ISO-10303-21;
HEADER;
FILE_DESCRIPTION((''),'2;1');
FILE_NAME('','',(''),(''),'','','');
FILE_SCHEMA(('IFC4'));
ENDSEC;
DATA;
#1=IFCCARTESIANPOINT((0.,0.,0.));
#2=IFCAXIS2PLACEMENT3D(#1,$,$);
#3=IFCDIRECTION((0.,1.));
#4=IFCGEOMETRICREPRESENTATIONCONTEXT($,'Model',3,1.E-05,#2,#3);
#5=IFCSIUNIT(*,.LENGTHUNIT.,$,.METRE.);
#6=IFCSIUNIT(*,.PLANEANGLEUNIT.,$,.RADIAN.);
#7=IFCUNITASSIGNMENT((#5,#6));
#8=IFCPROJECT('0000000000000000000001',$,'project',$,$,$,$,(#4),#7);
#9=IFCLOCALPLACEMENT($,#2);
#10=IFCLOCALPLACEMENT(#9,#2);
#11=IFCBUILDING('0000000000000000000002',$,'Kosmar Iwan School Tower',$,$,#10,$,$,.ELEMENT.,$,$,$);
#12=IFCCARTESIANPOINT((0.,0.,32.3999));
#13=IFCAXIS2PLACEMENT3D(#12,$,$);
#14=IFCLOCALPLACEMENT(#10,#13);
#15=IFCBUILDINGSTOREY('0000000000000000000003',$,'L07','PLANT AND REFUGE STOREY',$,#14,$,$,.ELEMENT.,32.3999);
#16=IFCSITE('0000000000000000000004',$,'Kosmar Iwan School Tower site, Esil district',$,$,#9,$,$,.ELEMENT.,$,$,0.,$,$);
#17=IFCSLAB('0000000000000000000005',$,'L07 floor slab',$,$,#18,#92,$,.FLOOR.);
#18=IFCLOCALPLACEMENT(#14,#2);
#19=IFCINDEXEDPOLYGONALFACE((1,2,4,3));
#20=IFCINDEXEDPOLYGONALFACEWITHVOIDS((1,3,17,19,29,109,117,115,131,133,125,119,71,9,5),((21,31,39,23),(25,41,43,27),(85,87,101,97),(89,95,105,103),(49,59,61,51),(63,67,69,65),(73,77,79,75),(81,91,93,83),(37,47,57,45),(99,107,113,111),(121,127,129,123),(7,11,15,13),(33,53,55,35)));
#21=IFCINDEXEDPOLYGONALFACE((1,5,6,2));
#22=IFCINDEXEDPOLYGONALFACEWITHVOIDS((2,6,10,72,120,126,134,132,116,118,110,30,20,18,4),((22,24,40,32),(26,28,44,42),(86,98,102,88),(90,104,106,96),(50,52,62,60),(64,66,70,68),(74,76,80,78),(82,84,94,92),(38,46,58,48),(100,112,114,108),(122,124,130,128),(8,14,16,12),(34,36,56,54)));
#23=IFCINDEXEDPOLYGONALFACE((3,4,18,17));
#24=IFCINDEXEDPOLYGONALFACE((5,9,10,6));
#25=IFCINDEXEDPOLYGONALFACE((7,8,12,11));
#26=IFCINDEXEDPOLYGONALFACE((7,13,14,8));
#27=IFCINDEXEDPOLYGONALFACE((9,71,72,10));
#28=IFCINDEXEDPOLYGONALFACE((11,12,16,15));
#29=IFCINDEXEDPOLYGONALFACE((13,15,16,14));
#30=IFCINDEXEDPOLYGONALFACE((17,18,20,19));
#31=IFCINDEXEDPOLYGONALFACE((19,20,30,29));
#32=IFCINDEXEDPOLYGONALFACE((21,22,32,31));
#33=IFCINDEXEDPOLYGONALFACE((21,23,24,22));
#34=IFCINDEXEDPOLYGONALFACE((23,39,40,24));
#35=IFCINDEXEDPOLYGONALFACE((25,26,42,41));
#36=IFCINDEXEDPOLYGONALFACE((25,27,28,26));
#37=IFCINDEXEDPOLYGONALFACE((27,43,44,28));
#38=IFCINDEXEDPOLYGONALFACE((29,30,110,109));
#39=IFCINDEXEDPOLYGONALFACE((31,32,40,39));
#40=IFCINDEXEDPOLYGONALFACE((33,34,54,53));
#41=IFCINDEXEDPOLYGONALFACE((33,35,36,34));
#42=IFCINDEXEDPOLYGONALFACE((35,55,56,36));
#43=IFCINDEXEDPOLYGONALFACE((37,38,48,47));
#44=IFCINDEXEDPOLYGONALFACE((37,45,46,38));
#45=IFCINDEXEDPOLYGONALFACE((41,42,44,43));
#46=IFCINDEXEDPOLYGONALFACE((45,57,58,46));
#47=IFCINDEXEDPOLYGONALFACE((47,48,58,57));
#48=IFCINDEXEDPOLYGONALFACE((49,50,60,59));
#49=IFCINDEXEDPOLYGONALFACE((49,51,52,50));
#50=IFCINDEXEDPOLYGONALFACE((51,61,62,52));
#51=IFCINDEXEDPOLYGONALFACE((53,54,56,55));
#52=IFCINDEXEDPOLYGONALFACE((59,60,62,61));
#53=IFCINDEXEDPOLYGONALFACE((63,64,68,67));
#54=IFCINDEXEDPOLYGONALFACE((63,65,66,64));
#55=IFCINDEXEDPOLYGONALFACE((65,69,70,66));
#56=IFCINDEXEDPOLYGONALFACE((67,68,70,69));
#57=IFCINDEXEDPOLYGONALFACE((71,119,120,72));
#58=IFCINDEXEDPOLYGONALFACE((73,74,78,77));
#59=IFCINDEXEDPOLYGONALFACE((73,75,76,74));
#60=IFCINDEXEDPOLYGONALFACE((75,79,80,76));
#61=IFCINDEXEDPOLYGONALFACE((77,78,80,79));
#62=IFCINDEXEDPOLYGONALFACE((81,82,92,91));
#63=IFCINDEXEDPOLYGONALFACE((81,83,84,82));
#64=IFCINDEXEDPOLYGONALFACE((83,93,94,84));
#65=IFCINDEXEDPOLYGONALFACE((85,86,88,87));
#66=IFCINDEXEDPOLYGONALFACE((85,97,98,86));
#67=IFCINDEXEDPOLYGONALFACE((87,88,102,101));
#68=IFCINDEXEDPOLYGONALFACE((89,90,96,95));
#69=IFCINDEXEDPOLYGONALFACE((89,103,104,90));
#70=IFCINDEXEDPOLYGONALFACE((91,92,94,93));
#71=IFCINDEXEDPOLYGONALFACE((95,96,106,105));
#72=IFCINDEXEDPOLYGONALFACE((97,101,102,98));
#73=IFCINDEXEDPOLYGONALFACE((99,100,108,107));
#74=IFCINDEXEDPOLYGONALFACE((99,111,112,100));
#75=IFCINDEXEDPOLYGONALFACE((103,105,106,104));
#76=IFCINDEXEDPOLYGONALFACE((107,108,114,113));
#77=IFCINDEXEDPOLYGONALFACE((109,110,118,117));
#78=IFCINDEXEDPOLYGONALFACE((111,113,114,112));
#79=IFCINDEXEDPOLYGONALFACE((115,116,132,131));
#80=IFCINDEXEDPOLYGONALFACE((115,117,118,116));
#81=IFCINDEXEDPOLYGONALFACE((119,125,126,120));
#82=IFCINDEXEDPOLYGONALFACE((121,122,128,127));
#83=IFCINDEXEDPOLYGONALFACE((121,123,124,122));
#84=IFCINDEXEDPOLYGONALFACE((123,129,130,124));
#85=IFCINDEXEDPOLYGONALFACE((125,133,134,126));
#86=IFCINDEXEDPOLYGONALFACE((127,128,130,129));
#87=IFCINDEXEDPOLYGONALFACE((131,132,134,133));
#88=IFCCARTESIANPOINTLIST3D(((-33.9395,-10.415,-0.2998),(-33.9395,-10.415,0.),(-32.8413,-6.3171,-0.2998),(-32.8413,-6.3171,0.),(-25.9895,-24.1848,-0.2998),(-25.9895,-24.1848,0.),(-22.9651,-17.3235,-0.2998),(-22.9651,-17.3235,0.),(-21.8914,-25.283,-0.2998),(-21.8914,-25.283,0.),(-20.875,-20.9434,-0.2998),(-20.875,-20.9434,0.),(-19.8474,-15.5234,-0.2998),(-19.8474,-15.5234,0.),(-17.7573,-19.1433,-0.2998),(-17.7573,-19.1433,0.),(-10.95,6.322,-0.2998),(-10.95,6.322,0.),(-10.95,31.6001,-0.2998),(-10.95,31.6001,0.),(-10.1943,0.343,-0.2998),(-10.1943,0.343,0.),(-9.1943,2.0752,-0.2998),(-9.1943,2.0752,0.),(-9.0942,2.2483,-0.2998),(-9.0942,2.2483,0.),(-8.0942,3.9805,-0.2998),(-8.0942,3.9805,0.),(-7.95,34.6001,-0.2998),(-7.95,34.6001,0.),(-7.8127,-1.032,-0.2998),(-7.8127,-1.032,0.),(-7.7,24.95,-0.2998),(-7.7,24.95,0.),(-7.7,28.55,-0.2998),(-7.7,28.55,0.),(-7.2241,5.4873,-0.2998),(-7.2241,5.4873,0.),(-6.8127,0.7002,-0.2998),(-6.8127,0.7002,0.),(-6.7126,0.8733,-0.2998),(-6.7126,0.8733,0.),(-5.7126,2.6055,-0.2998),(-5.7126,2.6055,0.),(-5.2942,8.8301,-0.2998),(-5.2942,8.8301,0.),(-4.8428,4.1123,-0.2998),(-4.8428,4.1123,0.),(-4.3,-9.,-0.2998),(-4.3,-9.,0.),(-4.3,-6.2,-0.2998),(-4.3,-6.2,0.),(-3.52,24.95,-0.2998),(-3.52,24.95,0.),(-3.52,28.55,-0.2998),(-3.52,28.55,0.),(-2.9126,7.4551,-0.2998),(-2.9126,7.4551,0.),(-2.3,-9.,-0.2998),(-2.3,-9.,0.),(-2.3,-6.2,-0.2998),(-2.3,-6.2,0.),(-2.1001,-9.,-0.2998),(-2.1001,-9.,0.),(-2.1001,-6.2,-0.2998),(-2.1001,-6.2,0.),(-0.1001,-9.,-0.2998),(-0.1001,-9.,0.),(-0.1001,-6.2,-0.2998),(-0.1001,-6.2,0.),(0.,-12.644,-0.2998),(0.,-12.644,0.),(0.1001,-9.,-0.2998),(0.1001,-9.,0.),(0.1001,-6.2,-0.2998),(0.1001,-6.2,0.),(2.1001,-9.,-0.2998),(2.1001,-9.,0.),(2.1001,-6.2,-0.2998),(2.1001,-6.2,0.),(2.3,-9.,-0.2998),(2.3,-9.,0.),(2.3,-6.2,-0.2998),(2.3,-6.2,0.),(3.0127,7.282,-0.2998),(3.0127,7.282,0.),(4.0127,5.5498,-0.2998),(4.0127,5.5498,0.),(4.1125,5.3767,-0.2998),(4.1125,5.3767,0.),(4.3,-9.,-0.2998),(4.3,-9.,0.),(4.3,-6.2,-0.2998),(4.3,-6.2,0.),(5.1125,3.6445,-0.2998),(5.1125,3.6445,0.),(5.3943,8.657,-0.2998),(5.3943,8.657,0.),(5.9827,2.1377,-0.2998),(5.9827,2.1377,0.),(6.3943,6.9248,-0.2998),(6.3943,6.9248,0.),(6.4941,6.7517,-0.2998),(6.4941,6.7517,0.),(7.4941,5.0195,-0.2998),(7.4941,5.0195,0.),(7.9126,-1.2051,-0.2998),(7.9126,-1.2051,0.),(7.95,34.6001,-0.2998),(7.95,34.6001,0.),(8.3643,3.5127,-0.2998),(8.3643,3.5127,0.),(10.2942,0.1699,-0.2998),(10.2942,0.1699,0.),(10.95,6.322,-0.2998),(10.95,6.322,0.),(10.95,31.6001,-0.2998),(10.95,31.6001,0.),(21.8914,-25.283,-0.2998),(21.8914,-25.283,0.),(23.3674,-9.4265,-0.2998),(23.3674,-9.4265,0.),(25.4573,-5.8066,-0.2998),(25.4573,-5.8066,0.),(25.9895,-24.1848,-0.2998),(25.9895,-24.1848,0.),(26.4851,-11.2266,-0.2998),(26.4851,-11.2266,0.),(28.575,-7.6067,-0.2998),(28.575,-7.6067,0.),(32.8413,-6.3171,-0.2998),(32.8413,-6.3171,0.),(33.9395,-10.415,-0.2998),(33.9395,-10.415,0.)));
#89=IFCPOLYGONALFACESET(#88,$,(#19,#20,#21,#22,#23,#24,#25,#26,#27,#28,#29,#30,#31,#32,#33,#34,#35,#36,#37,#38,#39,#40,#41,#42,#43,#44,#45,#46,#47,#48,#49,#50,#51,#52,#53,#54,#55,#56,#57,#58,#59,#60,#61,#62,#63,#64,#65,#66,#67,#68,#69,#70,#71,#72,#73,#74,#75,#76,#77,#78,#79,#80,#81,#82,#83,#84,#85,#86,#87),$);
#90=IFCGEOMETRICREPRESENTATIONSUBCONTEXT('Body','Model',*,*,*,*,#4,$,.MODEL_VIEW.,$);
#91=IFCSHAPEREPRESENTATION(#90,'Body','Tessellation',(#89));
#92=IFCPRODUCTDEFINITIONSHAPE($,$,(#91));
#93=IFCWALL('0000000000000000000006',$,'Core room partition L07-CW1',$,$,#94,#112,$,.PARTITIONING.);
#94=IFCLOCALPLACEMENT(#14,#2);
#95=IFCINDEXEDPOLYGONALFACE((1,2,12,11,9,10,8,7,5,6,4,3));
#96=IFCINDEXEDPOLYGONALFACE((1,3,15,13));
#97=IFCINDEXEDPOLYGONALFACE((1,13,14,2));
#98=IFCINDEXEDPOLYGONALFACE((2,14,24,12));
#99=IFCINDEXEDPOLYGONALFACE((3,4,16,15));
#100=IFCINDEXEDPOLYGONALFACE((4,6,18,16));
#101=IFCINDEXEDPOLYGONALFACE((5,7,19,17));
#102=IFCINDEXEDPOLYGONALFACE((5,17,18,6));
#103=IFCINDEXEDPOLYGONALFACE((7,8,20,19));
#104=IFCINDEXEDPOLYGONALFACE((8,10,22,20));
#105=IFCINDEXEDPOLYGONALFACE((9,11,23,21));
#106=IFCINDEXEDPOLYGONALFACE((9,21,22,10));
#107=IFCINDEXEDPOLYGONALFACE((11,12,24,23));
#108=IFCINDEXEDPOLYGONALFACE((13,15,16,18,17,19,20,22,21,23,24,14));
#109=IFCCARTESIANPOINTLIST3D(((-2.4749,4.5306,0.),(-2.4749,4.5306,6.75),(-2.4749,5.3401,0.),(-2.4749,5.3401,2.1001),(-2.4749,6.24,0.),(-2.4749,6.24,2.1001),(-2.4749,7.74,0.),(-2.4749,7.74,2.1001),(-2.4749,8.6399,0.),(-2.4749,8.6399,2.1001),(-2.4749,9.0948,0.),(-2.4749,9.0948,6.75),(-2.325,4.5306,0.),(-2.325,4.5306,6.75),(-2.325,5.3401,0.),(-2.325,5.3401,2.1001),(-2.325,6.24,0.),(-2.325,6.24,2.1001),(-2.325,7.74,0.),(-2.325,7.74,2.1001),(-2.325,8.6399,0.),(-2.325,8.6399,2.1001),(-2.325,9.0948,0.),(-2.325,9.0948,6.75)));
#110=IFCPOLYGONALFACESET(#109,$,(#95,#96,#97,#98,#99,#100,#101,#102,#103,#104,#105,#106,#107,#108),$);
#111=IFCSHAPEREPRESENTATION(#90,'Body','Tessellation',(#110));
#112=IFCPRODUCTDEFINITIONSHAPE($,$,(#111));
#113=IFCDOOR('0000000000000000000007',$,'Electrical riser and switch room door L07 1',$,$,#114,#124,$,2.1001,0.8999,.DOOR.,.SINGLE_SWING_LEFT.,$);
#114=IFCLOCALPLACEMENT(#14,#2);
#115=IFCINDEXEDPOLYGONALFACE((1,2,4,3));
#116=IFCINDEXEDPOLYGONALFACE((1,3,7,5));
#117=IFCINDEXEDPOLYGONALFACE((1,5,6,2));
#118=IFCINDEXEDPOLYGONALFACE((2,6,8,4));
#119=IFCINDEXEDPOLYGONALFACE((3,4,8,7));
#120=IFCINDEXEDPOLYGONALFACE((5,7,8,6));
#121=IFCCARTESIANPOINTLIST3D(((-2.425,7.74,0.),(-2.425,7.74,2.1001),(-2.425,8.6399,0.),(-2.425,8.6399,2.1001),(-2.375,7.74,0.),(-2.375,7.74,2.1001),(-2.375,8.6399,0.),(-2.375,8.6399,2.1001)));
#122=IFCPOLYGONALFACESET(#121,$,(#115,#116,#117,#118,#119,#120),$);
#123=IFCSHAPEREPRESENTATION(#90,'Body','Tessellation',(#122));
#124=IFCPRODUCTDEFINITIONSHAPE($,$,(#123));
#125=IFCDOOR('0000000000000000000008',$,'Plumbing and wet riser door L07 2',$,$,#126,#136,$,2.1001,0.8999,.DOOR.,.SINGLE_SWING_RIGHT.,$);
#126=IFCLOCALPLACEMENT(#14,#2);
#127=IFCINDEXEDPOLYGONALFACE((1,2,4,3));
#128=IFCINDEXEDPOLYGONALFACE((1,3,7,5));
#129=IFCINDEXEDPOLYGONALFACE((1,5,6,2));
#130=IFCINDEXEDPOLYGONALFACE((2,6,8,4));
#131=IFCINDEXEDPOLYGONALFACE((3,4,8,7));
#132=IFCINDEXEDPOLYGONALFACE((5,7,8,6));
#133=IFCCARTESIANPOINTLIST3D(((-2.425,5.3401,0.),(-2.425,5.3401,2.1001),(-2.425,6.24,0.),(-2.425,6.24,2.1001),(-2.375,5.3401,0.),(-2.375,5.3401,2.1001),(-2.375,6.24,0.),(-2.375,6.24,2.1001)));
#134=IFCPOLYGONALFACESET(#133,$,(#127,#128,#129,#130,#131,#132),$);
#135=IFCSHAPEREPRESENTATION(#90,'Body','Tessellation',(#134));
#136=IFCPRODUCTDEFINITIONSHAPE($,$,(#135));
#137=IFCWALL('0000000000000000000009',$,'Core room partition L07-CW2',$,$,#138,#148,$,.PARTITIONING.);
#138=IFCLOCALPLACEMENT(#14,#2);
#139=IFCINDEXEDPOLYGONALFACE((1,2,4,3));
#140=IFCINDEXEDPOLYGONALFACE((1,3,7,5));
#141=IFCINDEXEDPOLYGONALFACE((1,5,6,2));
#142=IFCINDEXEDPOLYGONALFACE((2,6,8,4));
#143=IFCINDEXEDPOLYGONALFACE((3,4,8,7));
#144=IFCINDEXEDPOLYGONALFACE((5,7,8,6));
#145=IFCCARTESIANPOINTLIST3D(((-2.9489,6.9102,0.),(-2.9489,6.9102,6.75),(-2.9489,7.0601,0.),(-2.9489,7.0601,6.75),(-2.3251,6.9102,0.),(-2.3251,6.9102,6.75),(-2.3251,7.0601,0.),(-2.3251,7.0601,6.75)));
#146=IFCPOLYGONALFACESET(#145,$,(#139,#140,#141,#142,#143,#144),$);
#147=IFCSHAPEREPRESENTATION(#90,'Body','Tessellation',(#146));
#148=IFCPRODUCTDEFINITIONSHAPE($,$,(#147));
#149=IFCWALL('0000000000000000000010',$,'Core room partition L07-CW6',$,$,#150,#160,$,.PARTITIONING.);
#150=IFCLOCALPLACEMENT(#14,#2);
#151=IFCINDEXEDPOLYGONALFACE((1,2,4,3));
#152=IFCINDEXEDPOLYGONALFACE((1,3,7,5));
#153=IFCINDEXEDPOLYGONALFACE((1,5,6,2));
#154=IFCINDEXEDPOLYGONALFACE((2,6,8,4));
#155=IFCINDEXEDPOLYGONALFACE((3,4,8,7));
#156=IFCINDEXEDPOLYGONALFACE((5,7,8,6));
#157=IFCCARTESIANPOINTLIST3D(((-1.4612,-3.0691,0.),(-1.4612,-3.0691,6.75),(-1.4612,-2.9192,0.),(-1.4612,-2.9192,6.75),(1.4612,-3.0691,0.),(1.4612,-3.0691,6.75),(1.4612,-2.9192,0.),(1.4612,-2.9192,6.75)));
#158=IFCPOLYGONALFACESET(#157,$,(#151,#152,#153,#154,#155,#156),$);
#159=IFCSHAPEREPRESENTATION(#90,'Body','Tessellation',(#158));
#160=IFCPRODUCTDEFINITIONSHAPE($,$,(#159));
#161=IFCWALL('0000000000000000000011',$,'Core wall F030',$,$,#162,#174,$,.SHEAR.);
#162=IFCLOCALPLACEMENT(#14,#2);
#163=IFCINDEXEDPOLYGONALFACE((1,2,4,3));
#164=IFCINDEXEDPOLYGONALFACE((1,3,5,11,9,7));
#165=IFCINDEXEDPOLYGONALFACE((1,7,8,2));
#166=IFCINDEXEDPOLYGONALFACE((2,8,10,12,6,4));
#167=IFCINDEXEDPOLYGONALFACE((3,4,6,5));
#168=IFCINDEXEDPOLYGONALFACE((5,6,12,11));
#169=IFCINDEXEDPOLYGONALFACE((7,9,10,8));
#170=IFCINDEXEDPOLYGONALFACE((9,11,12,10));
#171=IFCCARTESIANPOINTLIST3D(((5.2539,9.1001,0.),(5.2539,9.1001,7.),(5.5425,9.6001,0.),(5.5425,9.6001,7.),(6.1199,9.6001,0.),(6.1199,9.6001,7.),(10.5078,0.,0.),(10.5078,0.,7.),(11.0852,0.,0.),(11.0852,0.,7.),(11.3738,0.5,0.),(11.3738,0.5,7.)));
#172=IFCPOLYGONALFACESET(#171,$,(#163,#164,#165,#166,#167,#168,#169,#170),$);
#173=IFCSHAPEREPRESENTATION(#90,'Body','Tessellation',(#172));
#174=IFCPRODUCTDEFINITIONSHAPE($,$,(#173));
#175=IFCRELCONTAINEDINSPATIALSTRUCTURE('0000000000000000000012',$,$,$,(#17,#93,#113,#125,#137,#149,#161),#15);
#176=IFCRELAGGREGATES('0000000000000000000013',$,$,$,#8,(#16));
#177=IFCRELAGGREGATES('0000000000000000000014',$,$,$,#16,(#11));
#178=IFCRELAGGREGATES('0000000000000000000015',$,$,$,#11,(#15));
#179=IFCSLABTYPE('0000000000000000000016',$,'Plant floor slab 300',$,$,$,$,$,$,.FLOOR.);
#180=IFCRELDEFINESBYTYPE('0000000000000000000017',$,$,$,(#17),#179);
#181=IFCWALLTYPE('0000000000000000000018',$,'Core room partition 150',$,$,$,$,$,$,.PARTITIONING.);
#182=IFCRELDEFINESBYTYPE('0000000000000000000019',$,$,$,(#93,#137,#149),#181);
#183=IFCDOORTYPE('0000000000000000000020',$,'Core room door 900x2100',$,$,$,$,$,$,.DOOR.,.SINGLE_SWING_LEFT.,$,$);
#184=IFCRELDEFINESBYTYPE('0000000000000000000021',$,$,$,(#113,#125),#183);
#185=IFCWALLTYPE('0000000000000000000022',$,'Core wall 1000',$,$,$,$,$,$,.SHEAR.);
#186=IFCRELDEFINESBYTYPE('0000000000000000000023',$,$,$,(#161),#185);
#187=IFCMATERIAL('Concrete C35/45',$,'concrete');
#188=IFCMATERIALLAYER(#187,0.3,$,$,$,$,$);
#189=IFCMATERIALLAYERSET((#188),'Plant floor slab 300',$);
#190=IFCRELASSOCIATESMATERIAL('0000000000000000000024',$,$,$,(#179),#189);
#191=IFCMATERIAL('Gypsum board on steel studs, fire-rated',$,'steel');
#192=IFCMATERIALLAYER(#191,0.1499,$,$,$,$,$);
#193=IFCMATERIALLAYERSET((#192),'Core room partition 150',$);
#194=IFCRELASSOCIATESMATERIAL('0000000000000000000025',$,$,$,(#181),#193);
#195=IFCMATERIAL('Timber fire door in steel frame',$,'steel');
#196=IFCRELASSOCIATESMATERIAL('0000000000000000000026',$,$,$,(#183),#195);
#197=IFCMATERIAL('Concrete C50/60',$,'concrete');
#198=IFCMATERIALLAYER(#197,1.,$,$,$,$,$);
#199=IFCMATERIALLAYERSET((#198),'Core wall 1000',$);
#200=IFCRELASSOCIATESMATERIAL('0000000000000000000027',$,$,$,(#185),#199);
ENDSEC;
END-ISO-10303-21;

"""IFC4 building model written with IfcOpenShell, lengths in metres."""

from ifc_helpers import new_model, si_unit, direction, frame, frame_2d, origin, place, context, subcontext, project, spatial, polyline, rectangle, outline, extrude, material, layer, layer_set, type_object, element, fill, save


model = new_model("IFC4")

# Units and contexts
model_context = context("Model", 3, precision=1e-05, world=origin(), true_north=direction((0.0, 1.0)))
body_context = subcontext(model_context, "Body", "Model", "MODEL_VIEW")
ifc_project = project(units=[si_unit("LENGTHUNIT", "METRE"), si_unit("PLANEANGLEUNIT", "RADIAN")], contexts=[model_context])

# Site, building, storey
site_placement = place(None, origin())
site = spatial("IfcSite", under=ifc_project, at=site_placement, Name="Kosmar Iwan School Tower site, Esil district", CompositionType="ELEMENT", RefElevation=0.0)
building_placement = place(site_placement, origin())
building = spatial("IfcBuilding", under=site, at=building_placement, Name="Kosmar Iwan School Tower", CompositionType="ELEMENT")
storey_placement = place(building_placement, frame((0.0, 0.0, 32.3999)))
storey = spatial("IfcBuildingStorey", under=building, at=storey_placement, Name="L07", Description="PLANT AND REFUGE STOREY", CompositionType="ELEMENT", Elevation=32.3999)

# Slab
ifc_material_1 = material(Name="Concrete C35/45", Category="concrete")
ifc_layer_1 = layer(ifc_material_1, 0.3)
ifc_layer_set_1 = layer_set([ifc_layer_1], Name="Plant floor slab 300")
slab_type = type_object("IfcSlabType", Name="Plant floor slab 300", PredefinedType="FLOOR", material=ifc_layer_set_1)
slab_placement = place(storey_placement, frame((0.0, 0.0, -0.2998)))
element("IfcSlab", 1, at=slab_placement, inside=storey, type_object=slab_type, Name="L07 floor slab", PredefinedType="FLOOR", context=body_context, shape_type="SweptSolid", body=[
    extrude(outline(polyline([(-21.8914, -25.283), (0.0, -12.644), (21.8914, -25.283), (25.9895, -24.1848), (33.9395, -10.415), (32.8413, -6.3171), (10.95, 6.322), (10.95, 31.6001), (7.95, 34.6001), (-7.95, 34.6001), (-10.95, 31.6001), (-10.95, 6.322), (-32.8413, -6.3171), (-33.9395, -10.415), (-25.9895, -24.1848), (-21.8914, -25.283)]), holes=[polyline([(7.9126, -1.2051), (10.2942, 0.1699), (8.3643, 3.5127), (5.9827, 2.1377), (7.9126, -1.2051)]), polyline([(-2.9126, 7.4551), (-5.2942, 8.8301), (-7.2241, 5.4873), (-4.8428, 4.1123), (-2.9126, 7.4551)]), polyline([(-5.7126, 2.6055), (-8.0942, 3.9805), (-9.0942, 2.2483), (-6.7126, 0.8733), (-5.7126, 2.6055)]), polyline([(-6.8127, 0.7002), (-9.1943, 2.0752), (-10.1943, 0.343), (-7.8127, -1.032), (-6.8127, 0.7002)]), polyline([(5.1125, 3.6445), (7.4941, 5.0195), (6.4941, 6.7517), (4.1125, 5.3767), (5.1125, 3.6445)]), polyline([(4.0127, 5.5498), (6.3943, 6.9248), (5.3943, 8.657), (3.0127, 7.282), (4.0127, 5.5498)]), polyline([(-4.3, -6.2), (-4.3, -9.0), (-2.3, -9.0), (-2.3, -6.2), (-4.3, -6.2)]), polyline([(-2.1001, -6.2), (-2.1001, -9.0), (-0.1001, -9.0), (-0.1001, -6.2), (-2.1001, -6.2)]), polyline([(0.1001, -6.2), (0.1001, -9.0), (2.1001, -9.0), (2.1001, -6.2), (0.1001, -6.2)]), polyline([(2.3, -6.2), (2.3, -9.0), (4.3, -9.0), (4.3, -6.2), (2.3, -6.2)]), polyline([(-3.52, 24.95), (-3.52, 28.55), (-7.7, 28.55), (-7.7, 24.95), (-3.52, 24.95)]), polyline([(-19.8474, -15.5234), (-22.9651, -17.3235), (-20.875, -20.9434), (-17.7573, -19.1433), (-19.8474, -15.5234)]), polyline([(23.3674, -9.4265), (26.4851, -11.2266), (28.575, -7.6067), (25.4573, -5.8066), (23.3674, -9.4265)])]), origin(), (0.0, 0.0, 1.0), 0.2998),
])

# Wall, openings, doors
ifc_material_2 = material(Name="Gypsum board on steel studs, fire-rated", Category="steel")
ifc_layer_2 = layer(ifc_material_2, 0.1499)
ifc_layer_set_2 = layer_set([ifc_layer_2], Name="Core room partition 150")
wall_type_1 = type_object("IfcWallType", Name="Core room partition 150", PredefinedType="PARTITIONING", material=ifc_layer_set_2)
wall_1_placement = place(storey_placement, frame((-2.3999, 9.095, 0.0), z_axis=(0.0, 0.0, 1.0), x_axis=(0.0, -1.0, 0.0)))
wall_1 = element("IfcWall", 2, at=wall_1_placement, inside=storey, type_object=wall_type_1, Name="Core room partition L07-CW1", PredefinedType="PARTITIONING", context=body_context, shape_type="SweptSolid", body=[
    extrude(rectangle(XDim=4.5642, YDim=0.1499, at=frame_2d((2.2822, 0.0))), origin(), (0.0, 0.0, 1.0), 6.75),
])
opening_1_placement = place(wall_1_placement, frame((0.4551, 0.0, 0.0)))
opening_1 = element("IfcOpeningElement", 3, at=opening_1_placement, cuts=wall_1, PredefinedType="OPENING", context=body_context, shape_type="SweptSolid", body=[
    extrude(rectangle(XDim=0.8999, YDim=2.1001, at=frame_2d((0.45, 1.05))), frame((0.0, 0.0869, 0.0), z_axis=(0.0, -1.0, 0.0), x_axis=(1.0, 0.0, 0.0)), (0.0, 0.0, 1.0), 0.1738),
])
opening_2_placement = place(wall_1_placement, frame((2.855, 0.0, 0.0)))
opening_2 = element("IfcOpeningElement", 4, at=opening_2_placement, cuts=wall_1, PredefinedType="OPENING", context=body_context, shape_type="SweptSolid", body=[
    extrude(rectangle(XDim=0.8999, YDim=2.1001, at=frame_2d((0.45, 1.05))), frame((0.0, 0.0869, 0.0), z_axis=(0.0, -1.0, 0.0), x_axis=(1.0, 0.0, 0.0)), (0.0, 0.0, 1.0), 0.1738),
])
ifc_material_3 = material(Name="Timber fire door in steel frame", Category="steel")
door_type_1 = type_object("IfcDoorType", Name="Core room door 900x2100", OperationType="SINGLE_SWING_LEFT", PredefinedType="DOOR", material=ifc_material_3)
door_1_placement = place(opening_1_placement, origin())
door_1 = element("IfcDoor", 5, at=door_1_placement, inside=storey, type_object=door_type_1, Name="Electrical riser and switch room door L07 1", OperationType="SINGLE_SWING_LEFT", OverallHeight=2.1001, OverallWidth=0.8999, PredefinedType="DOOR", context=body_context, shape_type="SweptSolid", body=[
    extrude(rectangle(XDim=0.8999, YDim=2.1001, at=frame_2d((0.45, 1.05))), frame((0.0, 0.0249, 0.0), z_axis=(0.0, -1.0, 0.0), x_axis=(1.0, 0.0, 0.0)), (0.0, 0.0, 1.0), 0.05),
])
fill(opening_1, door_1)
door_2_placement = place(opening_2_placement, origin())
door_2 = element("IfcDoor", 6, at=door_2_placement, inside=storey, type_object=door_type_1, Name="Plumbing and wet riser door L07 2", OperationType="SINGLE_SWING_RIGHT", OverallHeight=2.1001, OverallWidth=0.8999, PredefinedType="DOOR", context=body_context, shape_type="SweptSolid", body=[
    extrude(rectangle(XDim=0.8999, YDim=2.1001, at=frame_2d((0.45, 1.05))), frame((0.0, 0.0249, 0.0), z_axis=(0.0, -1.0, 0.0), x_axis=(1.0, 0.0, 0.0)), (0.0, 0.0, 1.0), 0.05),
])
fill(opening_2, door_2)

# Walls
wall_2_placement = place(storey_placement, frame((-2.325, 6.9851, 0.0), z_axis=(0.0, 0.0, 1.0), x_axis=(-1.0, 0.0, 0.0)))
element("IfcWall", 7, at=wall_2_placement, inside=storey, type_object=wall_type_1, Name="Core room partition L07-CW2", PredefinedType="PARTITIONING", context=body_context, shape_type="SweptSolid", body=[
    extrude(rectangle(XDim=0.6238, YDim=0.1499, at=frame_2d((0.312, 0.0))), origin(), (0.0, 0.0, 1.0), 6.75),
])
wall_3_placement = place(storey_placement, frame((-1.4612, -2.9941, 0.0), z_axis=(0.0, 0.0, 1.0), x_axis=(1.0, 0.0, 0.0)))
element("IfcWall", 8, at=wall_3_placement, inside=storey, type_object=wall_type_1, Name="Core room partition L07-CW6", PredefinedType="PARTITIONING", context=body_context, shape_type="SweptSolid", body=[
    extrude(rectangle(XDim=2.9224, YDim=0.1499, at=frame_2d((1.4612, 0.0))), origin(), (0.0, 0.0, 1.0), 6.75),
])
ifc_material_4 = material(Name="Concrete C50/60", Category="concrete")
ifc_layer_3 = layer(ifc_material_4, 1.0)
ifc_layer_set_3 = layer_set([ifc_layer_3], Name="Core wall 1000")
wall_type_2 = type_object("IfcWallType", Name="Core wall 1000", PredefinedType="SHEAR", material=ifc_layer_set_3)
wall_4_placement = place(storey_placement, origin())
element("IfcWall", 9, at=wall_4_placement, inside=storey, type_object=wall_type_2, Name="Core wall F030", PredefinedType="SHEAR", context=body_context, shape_type="SweptSolid", body=[
    extrude(outline(polyline([(10.5078, 0.0), (11.0852, 0.0), (11.3738, 0.5), (6.1199, 9.6001), (5.5425, 9.6001), (5.2539, 9.1001), (10.5078, 0.0)])), origin(), (0.0, 0.0, 1.0), 7.0),
])

save(model, "model.ifc")
